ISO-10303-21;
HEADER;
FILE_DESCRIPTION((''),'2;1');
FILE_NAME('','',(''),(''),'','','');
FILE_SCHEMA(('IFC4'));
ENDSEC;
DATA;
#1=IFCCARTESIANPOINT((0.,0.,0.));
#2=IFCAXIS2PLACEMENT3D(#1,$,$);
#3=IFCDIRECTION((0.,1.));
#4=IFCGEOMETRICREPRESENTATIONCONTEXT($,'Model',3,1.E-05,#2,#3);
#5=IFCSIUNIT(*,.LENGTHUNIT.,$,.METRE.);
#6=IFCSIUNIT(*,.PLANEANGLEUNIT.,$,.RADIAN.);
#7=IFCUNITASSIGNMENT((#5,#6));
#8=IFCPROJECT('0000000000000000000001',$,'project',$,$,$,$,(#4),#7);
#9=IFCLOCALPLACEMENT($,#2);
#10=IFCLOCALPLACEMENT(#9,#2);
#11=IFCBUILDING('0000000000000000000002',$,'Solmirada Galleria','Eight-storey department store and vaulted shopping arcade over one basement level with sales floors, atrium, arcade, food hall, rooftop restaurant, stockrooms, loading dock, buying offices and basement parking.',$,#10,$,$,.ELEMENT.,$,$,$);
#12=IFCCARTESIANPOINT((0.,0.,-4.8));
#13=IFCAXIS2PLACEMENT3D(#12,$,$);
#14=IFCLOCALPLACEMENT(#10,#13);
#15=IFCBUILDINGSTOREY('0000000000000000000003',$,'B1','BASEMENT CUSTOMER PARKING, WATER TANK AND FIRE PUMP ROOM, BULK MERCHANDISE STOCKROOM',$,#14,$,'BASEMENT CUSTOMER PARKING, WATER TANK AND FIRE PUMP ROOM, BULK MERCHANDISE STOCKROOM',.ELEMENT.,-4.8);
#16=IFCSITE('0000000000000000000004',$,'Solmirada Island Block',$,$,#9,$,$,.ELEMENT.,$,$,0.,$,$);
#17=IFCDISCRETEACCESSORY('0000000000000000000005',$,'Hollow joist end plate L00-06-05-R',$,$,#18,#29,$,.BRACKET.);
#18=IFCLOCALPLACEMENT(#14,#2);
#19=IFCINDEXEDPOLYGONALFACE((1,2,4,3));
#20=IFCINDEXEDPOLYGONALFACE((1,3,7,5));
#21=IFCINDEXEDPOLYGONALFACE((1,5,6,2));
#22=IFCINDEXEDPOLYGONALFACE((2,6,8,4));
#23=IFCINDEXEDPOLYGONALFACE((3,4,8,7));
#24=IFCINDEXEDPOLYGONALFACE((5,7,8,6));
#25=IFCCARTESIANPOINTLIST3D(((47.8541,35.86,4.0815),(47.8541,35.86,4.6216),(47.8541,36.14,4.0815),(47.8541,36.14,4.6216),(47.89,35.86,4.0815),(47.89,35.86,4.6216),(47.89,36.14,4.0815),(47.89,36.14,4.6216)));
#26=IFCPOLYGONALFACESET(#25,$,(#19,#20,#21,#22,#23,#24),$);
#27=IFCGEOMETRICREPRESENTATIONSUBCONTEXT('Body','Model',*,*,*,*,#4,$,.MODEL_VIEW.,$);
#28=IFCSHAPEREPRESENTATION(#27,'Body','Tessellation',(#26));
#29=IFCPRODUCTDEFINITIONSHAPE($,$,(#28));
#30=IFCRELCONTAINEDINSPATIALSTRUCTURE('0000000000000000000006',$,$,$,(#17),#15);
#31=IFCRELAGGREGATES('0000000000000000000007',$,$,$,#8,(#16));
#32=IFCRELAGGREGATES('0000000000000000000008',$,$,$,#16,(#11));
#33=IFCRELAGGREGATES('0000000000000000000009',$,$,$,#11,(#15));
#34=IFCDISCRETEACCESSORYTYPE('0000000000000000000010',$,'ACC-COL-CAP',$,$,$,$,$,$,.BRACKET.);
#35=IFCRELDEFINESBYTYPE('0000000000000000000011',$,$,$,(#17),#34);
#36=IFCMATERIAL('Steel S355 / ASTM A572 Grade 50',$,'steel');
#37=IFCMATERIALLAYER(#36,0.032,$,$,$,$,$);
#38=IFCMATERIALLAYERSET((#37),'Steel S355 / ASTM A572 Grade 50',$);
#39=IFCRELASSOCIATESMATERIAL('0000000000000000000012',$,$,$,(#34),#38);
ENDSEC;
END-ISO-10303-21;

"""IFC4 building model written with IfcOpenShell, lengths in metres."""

from ifc_helpers import new_model, si_unit, direction, frame, origin, origin_2d, place, context, subcontext, project, spatial, rectangle, extrude, material, layer, layer_set, type_object, element, save


model = new_model("IFC4")

# Units and contexts
model_context = context("Model", 3, precision=1e-05, world=origin(), true_north=direction((0.0, 1.0)))
body_context = subcontext(model_context, "Body", "Model", "MODEL_VIEW")
ifc_project = project(units=[si_unit("LENGTHUNIT", "METRE"), si_unit("PLANEANGLEUNIT", "RADIAN")], contexts=[model_context])

# Site, building, storey
site_placement = place(None, origin())
site = spatial("IfcSite", under=ifc_project, at=site_placement, Name="Solmirada Island Block", CompositionType="ELEMENT", RefElevation=0.0)
building_placement = place(site_placement, origin())
building = spatial("IfcBuilding", under=site, at=building_placement, Name="Solmirada Galleria", Description="Eight-storey department store and vaulted shopping arcade over one basement level with sales floors, atrium, arcade, food hall, rooftop restaurant, stockrooms, loading dock, buying offices and basement parking.", CompositionType="ELEMENT")
storey_placement = place(building_placement, frame((0.0, 0.0, -4.8)))
storey = spatial("IfcBuildingStorey", under=building, at=storey_placement, Name="B1", Description="BASEMENT CUSTOMER PARKING, WATER TANK AND FIRE PUMP ROOM, BULK MERCHANDISE STOCKROOM", LongName="BASEMENT CUSTOMER PARKING, WATER TANK AND FIRE PUMP ROOM, BULK MERCHANDISE STOCKROOM", CompositionType="ELEMENT", Elevation=-4.8)

# Discrete accessory
ifc_material_1 = material(Name="Steel S355 / ASTM A572 Grade 50", Category="steel")
ifc_layer_1 = layer(ifc_material_1, 0.032)
ifc_layer_set_1 = layer_set([ifc_layer_1], Name="Steel S355 / ASTM A572 Grade 50")
discrete_accessory_type = type_object("IfcDiscreteAccessoryType", Name="ACC-COL-CAP", PredefinedType="BRACKET", material=ifc_layer_set_1)
for number, where, z_axis, x_axis, name in (
    (1, (47.8721, 36.0, 4.0815), (0.0, 0.0, 1.0), (1.0, 0.0, 0.0), "Hollow joist end plate L00-06-05-R"),
):
    element("IfcDiscreteAccessory", number, at=place(storey_placement, frame(where, z_axis=z_axis, x_axis=x_axis)), inside=storey, type_object=discrete_accessory_type, Name=name, PredefinedType="BRACKET", context=body_context, shape_type="SweptSolid", body=[
        extrude(rectangle(XDim=0.0359, YDim=0.28, at=origin_2d()), origin(), (0.0, 0.0, 1.0), 0.54),
    ])

save(model, "model.ifc")
